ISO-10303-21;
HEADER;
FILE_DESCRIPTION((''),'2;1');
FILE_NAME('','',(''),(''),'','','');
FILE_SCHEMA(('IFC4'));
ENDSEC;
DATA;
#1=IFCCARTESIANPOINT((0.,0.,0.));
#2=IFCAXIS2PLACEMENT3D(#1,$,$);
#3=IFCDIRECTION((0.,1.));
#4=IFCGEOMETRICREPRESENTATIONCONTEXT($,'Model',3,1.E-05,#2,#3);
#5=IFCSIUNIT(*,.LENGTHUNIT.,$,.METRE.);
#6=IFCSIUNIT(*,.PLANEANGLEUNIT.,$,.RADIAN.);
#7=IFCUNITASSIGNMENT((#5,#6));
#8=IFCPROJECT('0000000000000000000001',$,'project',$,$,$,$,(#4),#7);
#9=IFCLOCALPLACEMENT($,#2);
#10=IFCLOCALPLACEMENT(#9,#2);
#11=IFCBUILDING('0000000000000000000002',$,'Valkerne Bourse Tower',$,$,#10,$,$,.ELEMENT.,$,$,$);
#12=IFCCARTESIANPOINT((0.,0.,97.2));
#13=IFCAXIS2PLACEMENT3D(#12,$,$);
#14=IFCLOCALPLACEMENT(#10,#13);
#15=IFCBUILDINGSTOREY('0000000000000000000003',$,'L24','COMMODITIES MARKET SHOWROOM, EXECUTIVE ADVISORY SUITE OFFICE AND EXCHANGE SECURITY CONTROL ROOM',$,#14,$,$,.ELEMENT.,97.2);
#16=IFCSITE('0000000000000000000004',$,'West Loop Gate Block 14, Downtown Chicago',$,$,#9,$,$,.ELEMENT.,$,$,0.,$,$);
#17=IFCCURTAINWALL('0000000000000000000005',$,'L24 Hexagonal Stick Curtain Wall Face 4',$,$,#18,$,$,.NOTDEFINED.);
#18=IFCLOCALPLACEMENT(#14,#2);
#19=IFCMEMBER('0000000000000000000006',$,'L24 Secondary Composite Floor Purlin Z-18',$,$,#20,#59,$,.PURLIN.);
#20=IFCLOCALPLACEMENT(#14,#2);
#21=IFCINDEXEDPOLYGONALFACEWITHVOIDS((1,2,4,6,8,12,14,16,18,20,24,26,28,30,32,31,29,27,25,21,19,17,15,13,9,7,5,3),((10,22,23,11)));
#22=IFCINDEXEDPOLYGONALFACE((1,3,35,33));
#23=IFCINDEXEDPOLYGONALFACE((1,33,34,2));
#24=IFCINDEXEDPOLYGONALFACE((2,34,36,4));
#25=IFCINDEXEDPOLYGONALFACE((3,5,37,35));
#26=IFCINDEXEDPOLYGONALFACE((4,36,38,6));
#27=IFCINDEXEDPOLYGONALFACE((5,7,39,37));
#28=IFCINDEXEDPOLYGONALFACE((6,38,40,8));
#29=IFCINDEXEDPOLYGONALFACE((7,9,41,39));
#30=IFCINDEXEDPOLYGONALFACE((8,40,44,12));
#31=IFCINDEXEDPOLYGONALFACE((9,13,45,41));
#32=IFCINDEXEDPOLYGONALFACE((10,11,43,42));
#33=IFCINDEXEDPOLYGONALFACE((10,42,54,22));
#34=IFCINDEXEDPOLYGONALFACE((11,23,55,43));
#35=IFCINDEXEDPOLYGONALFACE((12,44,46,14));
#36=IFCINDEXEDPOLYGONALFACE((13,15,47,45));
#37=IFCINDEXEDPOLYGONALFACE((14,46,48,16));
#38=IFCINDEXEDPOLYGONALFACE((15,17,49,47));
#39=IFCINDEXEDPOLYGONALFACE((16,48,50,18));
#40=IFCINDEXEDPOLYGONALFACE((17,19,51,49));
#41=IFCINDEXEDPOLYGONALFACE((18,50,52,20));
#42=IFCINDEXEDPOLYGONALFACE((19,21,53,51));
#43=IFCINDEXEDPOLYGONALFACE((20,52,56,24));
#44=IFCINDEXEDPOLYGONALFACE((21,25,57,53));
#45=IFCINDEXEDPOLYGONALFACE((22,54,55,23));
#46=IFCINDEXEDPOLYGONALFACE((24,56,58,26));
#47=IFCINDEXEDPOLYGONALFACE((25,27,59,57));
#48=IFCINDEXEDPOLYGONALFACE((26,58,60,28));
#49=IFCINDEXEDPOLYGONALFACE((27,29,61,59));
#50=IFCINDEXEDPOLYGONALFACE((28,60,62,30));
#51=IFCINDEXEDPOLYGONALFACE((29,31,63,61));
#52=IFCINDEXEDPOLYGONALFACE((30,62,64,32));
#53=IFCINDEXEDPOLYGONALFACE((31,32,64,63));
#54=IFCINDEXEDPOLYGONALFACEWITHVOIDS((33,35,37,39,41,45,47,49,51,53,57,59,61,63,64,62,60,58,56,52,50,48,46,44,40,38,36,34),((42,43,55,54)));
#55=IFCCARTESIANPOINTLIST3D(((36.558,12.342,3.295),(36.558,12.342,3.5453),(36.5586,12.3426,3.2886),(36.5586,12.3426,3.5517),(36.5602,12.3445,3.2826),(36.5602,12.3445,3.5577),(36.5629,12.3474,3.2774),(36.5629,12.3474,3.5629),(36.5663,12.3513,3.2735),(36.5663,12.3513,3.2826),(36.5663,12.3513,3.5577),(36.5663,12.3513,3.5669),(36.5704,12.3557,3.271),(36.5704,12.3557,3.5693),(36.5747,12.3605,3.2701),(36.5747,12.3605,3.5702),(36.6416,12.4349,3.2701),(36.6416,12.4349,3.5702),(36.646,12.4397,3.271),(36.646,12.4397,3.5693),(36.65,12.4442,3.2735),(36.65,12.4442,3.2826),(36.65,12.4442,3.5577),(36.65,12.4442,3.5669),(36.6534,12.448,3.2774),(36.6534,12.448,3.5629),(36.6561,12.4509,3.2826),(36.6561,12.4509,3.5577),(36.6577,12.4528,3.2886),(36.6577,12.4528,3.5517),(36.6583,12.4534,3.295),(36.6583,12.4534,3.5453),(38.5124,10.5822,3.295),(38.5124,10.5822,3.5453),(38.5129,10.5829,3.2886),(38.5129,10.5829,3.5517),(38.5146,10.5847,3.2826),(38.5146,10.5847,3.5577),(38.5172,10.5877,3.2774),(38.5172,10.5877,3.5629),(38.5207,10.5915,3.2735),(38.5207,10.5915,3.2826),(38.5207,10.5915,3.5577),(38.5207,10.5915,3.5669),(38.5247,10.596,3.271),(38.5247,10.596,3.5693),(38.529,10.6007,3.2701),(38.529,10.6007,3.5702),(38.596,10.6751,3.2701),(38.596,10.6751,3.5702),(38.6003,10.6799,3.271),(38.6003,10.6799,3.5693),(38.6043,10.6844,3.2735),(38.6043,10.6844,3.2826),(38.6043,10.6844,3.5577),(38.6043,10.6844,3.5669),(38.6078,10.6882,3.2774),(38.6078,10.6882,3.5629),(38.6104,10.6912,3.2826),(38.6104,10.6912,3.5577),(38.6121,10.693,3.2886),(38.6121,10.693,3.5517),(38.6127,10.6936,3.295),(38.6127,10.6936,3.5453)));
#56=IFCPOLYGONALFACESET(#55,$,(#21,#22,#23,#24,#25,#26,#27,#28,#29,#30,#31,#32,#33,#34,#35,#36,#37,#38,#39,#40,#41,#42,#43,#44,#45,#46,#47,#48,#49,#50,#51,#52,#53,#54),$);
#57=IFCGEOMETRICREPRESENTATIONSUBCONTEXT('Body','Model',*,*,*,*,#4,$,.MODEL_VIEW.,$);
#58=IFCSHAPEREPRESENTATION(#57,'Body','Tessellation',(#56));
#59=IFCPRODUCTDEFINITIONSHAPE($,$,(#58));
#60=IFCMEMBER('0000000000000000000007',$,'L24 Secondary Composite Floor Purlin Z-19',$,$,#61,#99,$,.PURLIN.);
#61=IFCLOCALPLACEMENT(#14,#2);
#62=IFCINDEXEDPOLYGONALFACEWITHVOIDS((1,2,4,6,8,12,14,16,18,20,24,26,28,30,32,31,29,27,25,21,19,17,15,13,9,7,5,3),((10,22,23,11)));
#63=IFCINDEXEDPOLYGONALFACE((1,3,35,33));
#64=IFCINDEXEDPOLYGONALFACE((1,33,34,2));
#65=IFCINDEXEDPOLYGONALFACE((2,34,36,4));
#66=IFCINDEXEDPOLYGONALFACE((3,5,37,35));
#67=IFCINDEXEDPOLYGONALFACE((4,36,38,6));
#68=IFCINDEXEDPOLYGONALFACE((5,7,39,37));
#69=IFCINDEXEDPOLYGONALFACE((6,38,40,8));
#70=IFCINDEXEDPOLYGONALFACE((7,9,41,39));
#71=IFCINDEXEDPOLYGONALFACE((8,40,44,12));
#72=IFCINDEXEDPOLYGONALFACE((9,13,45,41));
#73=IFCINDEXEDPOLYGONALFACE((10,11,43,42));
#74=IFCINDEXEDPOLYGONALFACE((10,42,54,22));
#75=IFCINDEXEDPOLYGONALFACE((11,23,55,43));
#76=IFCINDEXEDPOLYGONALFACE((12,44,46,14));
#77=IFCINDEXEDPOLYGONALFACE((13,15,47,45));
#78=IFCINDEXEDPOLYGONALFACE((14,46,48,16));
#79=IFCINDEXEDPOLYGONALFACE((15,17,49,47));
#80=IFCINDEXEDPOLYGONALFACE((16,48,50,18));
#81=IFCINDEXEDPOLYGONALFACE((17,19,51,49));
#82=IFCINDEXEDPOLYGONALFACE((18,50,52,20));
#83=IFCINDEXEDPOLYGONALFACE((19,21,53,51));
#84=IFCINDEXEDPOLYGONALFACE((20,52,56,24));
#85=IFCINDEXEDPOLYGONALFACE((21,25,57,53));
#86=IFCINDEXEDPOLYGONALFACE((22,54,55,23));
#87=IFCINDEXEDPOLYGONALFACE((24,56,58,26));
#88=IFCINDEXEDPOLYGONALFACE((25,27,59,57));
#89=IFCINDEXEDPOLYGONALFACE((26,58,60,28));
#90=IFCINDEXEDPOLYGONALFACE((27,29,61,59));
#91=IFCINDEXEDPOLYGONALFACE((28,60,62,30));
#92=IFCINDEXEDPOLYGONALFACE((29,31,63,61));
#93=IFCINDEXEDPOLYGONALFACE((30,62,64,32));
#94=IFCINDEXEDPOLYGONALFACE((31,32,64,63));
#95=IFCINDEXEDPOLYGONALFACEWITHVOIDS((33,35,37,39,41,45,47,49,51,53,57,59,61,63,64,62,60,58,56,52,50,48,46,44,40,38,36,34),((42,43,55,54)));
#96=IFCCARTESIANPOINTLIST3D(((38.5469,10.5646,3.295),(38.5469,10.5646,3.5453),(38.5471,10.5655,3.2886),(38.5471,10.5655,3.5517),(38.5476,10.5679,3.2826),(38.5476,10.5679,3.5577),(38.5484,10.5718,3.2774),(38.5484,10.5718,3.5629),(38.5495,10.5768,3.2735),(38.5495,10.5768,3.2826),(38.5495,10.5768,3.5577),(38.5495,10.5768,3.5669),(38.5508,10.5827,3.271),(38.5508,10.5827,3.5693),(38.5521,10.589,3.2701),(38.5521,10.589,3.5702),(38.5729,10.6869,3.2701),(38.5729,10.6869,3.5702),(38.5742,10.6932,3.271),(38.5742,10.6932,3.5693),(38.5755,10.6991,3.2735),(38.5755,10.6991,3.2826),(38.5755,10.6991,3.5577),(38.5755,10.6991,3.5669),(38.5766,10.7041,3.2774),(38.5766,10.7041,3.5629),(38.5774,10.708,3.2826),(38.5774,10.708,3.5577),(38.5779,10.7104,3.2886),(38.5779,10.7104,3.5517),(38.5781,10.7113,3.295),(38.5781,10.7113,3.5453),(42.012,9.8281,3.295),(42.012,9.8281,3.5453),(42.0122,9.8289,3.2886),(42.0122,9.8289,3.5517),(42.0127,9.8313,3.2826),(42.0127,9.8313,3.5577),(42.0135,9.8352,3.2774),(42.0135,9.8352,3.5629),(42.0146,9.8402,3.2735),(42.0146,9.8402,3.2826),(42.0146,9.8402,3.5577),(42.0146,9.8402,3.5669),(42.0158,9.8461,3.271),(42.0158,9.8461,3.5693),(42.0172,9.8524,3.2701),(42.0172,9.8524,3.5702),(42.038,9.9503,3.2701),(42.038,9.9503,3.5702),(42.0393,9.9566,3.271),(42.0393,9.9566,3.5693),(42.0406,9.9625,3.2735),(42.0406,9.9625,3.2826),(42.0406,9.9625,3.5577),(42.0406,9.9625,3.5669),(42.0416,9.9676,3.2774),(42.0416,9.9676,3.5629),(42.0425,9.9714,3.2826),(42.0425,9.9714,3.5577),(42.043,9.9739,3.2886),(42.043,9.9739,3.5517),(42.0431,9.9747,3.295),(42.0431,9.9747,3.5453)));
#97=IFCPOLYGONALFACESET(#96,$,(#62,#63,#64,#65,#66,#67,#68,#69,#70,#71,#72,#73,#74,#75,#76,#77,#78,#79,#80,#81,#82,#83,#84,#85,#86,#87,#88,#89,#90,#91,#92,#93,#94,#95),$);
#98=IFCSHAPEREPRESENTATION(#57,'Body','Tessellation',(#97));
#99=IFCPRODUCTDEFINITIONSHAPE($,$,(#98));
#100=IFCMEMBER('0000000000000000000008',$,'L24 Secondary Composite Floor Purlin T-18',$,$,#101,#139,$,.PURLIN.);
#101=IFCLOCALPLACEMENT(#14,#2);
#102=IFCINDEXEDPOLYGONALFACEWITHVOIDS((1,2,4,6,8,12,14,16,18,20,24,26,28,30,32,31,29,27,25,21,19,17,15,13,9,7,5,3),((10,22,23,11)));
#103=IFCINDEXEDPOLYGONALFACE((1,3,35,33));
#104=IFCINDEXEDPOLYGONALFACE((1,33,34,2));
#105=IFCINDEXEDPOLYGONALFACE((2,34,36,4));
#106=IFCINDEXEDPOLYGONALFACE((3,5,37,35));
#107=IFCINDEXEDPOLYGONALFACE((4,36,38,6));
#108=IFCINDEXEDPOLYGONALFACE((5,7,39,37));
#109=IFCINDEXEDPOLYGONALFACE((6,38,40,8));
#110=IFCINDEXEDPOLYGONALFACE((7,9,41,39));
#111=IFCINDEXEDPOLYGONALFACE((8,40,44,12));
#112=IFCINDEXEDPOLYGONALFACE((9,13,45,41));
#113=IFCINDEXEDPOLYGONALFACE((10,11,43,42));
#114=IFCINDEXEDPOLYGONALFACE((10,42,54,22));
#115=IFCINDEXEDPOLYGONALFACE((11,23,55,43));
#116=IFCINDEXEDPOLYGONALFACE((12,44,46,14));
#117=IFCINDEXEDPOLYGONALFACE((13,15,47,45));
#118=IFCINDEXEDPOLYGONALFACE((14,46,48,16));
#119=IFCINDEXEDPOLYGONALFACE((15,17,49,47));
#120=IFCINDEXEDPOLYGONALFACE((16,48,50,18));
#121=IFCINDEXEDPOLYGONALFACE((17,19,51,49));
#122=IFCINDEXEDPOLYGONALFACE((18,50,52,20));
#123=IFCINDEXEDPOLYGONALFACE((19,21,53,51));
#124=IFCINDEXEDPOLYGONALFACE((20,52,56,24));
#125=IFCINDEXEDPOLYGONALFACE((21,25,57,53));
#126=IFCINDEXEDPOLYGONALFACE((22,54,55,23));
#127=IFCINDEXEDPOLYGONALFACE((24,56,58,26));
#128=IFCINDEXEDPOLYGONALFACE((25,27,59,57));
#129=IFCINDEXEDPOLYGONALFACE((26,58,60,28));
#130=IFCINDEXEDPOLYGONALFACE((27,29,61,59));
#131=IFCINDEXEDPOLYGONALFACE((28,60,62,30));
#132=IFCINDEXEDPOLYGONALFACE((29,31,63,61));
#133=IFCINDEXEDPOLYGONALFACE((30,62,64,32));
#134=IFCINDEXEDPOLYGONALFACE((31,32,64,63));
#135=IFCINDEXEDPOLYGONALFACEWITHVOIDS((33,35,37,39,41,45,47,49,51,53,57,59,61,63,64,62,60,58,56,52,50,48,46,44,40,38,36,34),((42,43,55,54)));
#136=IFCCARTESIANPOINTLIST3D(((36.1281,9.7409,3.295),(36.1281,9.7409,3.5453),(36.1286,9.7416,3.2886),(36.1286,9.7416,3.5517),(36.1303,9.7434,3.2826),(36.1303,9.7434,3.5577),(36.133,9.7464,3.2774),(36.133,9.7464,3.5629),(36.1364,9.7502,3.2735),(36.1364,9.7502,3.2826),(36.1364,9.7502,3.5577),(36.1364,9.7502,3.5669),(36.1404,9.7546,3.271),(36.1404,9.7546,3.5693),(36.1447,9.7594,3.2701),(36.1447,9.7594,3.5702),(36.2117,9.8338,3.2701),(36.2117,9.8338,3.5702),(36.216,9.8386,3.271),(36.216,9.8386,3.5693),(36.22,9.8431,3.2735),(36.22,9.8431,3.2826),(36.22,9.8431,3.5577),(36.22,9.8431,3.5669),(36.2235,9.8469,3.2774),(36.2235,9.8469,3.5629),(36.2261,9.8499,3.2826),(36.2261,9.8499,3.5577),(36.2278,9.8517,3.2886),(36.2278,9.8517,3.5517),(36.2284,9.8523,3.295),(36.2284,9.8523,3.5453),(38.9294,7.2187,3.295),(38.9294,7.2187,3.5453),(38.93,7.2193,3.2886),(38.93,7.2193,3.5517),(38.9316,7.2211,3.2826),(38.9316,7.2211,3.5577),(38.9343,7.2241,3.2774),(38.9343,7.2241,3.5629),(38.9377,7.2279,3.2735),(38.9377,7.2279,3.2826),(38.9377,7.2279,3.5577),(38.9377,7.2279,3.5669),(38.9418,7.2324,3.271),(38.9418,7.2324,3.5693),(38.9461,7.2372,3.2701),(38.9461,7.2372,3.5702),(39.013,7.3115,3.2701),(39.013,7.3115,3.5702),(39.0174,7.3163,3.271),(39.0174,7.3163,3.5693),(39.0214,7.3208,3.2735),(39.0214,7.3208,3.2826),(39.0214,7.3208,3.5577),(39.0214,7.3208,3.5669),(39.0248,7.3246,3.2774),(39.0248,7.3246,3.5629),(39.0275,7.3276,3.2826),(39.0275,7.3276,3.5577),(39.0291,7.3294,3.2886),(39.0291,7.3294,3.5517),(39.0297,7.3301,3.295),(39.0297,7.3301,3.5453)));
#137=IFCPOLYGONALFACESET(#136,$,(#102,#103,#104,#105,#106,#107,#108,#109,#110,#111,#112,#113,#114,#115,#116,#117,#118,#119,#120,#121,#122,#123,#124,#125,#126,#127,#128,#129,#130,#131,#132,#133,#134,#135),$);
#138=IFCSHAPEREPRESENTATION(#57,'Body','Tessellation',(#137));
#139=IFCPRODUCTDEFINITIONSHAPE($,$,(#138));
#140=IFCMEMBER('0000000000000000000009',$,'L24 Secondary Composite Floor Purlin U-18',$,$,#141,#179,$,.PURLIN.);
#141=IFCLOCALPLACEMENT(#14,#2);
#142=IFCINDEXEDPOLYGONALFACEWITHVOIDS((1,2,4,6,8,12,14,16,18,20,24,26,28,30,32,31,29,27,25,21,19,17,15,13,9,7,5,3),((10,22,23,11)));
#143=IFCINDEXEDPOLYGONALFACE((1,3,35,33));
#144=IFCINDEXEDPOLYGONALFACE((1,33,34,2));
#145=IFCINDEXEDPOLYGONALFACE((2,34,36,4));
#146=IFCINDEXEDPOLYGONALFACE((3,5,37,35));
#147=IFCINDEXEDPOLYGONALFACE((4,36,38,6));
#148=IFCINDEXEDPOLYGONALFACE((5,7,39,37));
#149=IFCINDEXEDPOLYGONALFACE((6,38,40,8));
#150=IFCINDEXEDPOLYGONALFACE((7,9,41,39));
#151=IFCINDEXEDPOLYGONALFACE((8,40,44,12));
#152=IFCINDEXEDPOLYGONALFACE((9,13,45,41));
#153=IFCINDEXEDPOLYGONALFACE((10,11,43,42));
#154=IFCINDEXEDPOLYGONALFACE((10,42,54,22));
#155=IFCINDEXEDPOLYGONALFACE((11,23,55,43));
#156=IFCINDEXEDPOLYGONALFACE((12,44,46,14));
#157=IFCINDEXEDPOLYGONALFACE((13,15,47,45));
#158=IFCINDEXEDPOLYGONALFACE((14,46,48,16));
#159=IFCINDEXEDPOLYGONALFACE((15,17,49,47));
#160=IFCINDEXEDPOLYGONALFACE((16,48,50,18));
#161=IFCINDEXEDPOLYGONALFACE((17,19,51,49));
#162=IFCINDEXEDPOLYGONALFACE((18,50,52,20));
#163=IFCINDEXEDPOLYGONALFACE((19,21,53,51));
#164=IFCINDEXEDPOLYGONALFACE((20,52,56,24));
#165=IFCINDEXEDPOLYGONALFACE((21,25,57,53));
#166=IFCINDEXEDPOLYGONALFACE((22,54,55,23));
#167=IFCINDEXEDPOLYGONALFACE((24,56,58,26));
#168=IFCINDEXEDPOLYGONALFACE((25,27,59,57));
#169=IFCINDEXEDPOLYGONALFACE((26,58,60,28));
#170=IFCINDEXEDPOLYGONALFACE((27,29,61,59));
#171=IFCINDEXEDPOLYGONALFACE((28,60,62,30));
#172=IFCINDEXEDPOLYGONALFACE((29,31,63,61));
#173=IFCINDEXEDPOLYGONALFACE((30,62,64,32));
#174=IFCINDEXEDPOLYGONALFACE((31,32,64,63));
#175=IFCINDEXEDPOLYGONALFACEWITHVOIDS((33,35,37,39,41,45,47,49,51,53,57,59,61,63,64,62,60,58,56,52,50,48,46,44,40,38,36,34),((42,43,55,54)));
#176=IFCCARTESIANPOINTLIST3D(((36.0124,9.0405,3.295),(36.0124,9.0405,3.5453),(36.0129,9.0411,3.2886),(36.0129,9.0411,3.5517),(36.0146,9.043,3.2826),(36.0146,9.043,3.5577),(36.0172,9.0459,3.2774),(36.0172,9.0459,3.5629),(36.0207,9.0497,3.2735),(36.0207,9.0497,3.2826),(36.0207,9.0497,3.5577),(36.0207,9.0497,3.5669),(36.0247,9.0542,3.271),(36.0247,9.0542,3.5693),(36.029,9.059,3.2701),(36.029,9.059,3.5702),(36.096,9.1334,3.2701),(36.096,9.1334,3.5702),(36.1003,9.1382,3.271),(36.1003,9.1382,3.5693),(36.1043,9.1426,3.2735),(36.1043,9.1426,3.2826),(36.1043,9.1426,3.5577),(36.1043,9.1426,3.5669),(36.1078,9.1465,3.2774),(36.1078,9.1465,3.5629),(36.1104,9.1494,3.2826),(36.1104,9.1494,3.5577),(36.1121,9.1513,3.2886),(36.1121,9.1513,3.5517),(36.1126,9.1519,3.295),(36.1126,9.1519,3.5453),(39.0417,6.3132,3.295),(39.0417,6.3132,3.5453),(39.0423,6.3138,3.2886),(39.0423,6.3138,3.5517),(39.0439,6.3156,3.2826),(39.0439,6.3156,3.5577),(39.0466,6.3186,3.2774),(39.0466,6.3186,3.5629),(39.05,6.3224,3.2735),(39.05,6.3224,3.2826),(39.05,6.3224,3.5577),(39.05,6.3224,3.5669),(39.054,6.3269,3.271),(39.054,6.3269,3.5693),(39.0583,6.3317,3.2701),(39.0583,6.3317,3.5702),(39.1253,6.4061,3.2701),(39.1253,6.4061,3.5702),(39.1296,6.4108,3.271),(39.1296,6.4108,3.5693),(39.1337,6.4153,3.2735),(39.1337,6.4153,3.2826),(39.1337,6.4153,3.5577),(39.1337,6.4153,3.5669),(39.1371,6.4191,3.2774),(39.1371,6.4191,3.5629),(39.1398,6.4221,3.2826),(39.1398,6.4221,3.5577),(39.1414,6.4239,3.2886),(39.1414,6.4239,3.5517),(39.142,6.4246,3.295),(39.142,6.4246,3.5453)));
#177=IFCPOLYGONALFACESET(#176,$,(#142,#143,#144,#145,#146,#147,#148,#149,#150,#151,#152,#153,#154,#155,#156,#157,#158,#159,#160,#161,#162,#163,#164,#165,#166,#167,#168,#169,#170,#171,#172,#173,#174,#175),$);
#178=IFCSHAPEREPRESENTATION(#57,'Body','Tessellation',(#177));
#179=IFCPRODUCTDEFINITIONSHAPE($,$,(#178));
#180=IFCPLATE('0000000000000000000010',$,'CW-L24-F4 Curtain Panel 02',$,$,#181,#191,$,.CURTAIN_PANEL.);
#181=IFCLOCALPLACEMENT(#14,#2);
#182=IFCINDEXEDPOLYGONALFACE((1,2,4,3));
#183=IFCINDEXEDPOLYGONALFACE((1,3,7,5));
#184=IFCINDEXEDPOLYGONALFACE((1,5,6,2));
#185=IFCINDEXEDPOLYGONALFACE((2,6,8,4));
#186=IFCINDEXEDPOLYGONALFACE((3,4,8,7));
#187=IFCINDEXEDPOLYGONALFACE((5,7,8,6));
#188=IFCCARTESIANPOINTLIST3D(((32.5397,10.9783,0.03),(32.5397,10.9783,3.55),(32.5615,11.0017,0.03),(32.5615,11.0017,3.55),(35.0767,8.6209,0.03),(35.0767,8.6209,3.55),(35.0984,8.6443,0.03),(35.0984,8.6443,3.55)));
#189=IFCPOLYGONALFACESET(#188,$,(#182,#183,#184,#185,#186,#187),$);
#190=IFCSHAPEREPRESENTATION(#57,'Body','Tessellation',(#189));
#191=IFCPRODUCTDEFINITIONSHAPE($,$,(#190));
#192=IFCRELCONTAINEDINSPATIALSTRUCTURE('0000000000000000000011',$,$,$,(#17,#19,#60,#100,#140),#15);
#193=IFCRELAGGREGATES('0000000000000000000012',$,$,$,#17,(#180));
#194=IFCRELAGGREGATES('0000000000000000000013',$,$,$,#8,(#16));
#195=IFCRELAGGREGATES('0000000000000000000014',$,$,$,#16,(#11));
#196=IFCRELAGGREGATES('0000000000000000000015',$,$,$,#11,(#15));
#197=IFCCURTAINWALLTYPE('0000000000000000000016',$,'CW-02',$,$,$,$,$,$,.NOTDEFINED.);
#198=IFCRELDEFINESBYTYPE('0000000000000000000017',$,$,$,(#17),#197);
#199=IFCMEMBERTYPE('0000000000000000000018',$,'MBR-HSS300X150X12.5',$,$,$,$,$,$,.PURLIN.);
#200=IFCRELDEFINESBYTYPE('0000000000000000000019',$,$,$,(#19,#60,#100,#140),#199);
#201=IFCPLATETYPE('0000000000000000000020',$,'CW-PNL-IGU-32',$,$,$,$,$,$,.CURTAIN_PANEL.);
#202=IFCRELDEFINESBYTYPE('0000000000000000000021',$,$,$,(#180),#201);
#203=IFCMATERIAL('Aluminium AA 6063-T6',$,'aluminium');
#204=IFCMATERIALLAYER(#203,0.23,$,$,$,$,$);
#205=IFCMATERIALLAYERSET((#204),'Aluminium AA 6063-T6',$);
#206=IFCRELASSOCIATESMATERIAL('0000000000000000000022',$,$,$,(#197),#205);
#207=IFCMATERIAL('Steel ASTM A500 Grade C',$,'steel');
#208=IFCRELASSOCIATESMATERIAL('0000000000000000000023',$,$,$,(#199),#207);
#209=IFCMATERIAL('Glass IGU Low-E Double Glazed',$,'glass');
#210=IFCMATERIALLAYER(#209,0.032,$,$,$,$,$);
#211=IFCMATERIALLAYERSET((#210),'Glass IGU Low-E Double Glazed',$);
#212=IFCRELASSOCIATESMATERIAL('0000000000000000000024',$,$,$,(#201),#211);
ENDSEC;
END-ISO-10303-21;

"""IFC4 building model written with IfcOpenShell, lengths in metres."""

from ifc_helpers import new_model, si_unit, direction, frame, origin, origin_2d, place, context, subcontext, project, spatial, rectangle, hollow_rectangle, extrude, material, layer, layer_set, material_profile, profile_set, type_object, element, aggregate, save


model = new_model("IFC4")

# Units and contexts
model_context = context("Model", 3, precision=1e-05, world=origin(), true_north=direction((0.0, 1.0)))
body_context = subcontext(model_context, "Body", "Model", "MODEL_VIEW")
ifc_project = project(units=[si_unit("LENGTHUNIT", "METRE"), si_unit("PLANEANGLEUNIT", "RADIAN")], contexts=[model_context])

# Site, building, storey
site_placement = place(None, origin())
site = spatial("IfcSite", under=ifc_project, at=site_placement, Name="West Loop Gate Block 14, Downtown Chicago", CompositionType="ELEMENT", RefElevation=0.0)
building_placement = place(site_placement, origin())
building = spatial("IfcBuilding", under=site, at=building_placement, Name="Valkerne Bourse Tower", CompositionType="ELEMENT")
storey_placement = place(building_placement, frame((0.0, 0.0, 97.2)))
storey = spatial("IfcBuildingStorey", under=building, at=storey_placement, Name="L24", Description="COMMODITIES MARKET SHOWROOM, EXECUTIVE ADVISORY SUITE OFFICE AND EXCHANGE SECURITY CONTROL ROOM", CompositionType="ELEMENT", Elevation=97.2)

# Curtain wall
ifc_material_1 = material(Name="Aluminium AA 6063-T6", Category="aluminium")
ifc_layer_1 = layer(ifc_material_1, 0.23)
ifc_layer_set_1 = layer_set([ifc_layer_1], Name="Aluminium AA 6063-T6")
curtain_wall_type = type_object("IfcCurtainWallType", Name="CW-02", PredefinedType="NOTDEFINED", material=ifc_layer_set_1)
curtain_wall_placement = place(storey_placement, origin())
curtain_wall = element("IfcCurtainWall", 1, at=curtain_wall_placement, inside=storey, type_object=curtain_wall_type, Name="L24 Hexagonal Stick Curtain Wall Face 4", PredefinedType="NOTDEFINED")

# Members
ifc_material_2 = material(Name="Steel ASTM A500 Grade C", Category="steel")
ifc_material_profile_1 = material_profile(ifc_material_2, hollow_rectangle(XDim=0.1499, YDim=0.3, WallThickness=0.0125, OuterFilletRadius=0.0249, at=origin_2d()), Name="HSS300X150X12.5")
ifc_profile_set_1 = profile_set([ifc_material_profile_1], Name="Steel ASTM A500 Grade C")
member_type_1 = type_object("IfcMemberType", Name="MBR-HSS300X150X12.5", PredefinedType="PURLIN", material=ifc_profile_set_1)
member_1_placement = place(storey_placement, frame((36.6082, 12.3977, 3.4202), z_axis=(0.743133, -0.669144, 0.0), x_axis=(0.669144, 0.743133, 0.0)))
element("IfcMember", 2, at=member_1_placement, inside=storey, type_object=member_type_1, Name="L24 Secondary Composite Floor Purlin Z-18", PredefinedType="PURLIN", context=body_context, shape_type="SweptSolid", body=[
    extrude(hollow_rectangle(XDim=0.1499, YDim=0.3, WallThickness=0.0125, OuterFilletRadius=0.0249, at=origin_2d()), origin(), (0.0, 0.0, 1.0), 2.6299),
])
member_2_placement = place(storey_placement, frame((38.5625, 10.6379, 3.4202), z_axis=(0.978145, -0.207924, 0.0), x_axis=(0.207924, 0.978145, 0.0)))
element("IfcMember", 3, at=member_2_placement, inside=storey, type_object=member_type_1, Name="L24 Secondary Composite Floor Purlin Z-19", PredefinedType="PURLIN", context=body_context, shape_type="SweptSolid", body=[
    extrude(hollow_rectangle(XDim=0.1499, YDim=0.3, WallThickness=0.0125, OuterFilletRadius=0.0249, at=origin_2d()), origin(), (0.0, 0.0, 1.0), 3.5425),
])
member_3_placement = place(storey_placement, frame((36.1782, 9.7966, 3.4202), z_axis=(0.743152, -0.669122, 0.0), x_axis=(0.669122, 0.743152, 0.0)))
element("IfcMember", 4, at=member_3_placement, inside=storey, type_object=member_type_1, Name="L24 Secondary Composite Floor Purlin T-18", PredefinedType="PURLIN", context=body_context, shape_type="SweptSolid", body=[
    extrude(hollow_rectangle(XDim=0.1499, YDim=0.3, WallThickness=0.0125, OuterFilletRadius=0.0249, at=origin_2d()), origin(), (0.0, 0.0, 1.0), 3.7695),
])
member_4_placement = place(storey_placement, frame((36.0625, 9.0962, 3.4202), z_axis=(0.743181, -0.66909, 0.0), x_axis=(0.66909, 0.743181, 0.0)))
element("IfcMember", 5, at=member_4_placement, inside=storey, type_object=member_type_1, Name="L24 Secondary Composite Floor Purlin U-18", PredefinedType="PURLIN", context=body_context, shape_type="SweptSolid", body=[
    extrude(hollow_rectangle(XDim=0.1499, YDim=0.3, WallThickness=0.0125, OuterFilletRadius=0.0249, at=origin_2d()), origin(), (0.0, 0.0, 1.0), 4.0762),
])

# Plate
ifc_material_3 = material(Name="Glass IGU Low-E Double Glazed", Category="glass")
ifc_layer_2 = layer(ifc_material_3, 0.032)
ifc_layer_set_2 = layer_set([ifc_layer_2], Name="Glass IGU Low-E Double Glazed")
plate_type = type_object("IfcPlateType", Name="CW-PNL-IGU-32", PredefinedType="CURTAIN_PANEL", material=ifc_layer_set_2)
plate_1_placement = place(storey_placement, frame((33.8191, 9.8113, 0.03), z_axis=(0.0, 0.0, 1.0), x_axis=(0.73255, -0.680714, 0.0)))
plate_1 = element("IfcPlate", 6, at=plate_1_placement, type_object=plate_type, Name="CW-L24-F4 Curtain Panel 02", PredefinedType="CURTAIN_PANEL", context=body_context, shape_type="SweptSolid", body=[
    extrude(rectangle(XDim=3.4631, YDim=0.032, at=origin_2d()), origin(), (0.0, 0.0, 1.0), 3.52),
])
aggregate(curtain_wall, [plate_1])

save(model, "model.ifc")
